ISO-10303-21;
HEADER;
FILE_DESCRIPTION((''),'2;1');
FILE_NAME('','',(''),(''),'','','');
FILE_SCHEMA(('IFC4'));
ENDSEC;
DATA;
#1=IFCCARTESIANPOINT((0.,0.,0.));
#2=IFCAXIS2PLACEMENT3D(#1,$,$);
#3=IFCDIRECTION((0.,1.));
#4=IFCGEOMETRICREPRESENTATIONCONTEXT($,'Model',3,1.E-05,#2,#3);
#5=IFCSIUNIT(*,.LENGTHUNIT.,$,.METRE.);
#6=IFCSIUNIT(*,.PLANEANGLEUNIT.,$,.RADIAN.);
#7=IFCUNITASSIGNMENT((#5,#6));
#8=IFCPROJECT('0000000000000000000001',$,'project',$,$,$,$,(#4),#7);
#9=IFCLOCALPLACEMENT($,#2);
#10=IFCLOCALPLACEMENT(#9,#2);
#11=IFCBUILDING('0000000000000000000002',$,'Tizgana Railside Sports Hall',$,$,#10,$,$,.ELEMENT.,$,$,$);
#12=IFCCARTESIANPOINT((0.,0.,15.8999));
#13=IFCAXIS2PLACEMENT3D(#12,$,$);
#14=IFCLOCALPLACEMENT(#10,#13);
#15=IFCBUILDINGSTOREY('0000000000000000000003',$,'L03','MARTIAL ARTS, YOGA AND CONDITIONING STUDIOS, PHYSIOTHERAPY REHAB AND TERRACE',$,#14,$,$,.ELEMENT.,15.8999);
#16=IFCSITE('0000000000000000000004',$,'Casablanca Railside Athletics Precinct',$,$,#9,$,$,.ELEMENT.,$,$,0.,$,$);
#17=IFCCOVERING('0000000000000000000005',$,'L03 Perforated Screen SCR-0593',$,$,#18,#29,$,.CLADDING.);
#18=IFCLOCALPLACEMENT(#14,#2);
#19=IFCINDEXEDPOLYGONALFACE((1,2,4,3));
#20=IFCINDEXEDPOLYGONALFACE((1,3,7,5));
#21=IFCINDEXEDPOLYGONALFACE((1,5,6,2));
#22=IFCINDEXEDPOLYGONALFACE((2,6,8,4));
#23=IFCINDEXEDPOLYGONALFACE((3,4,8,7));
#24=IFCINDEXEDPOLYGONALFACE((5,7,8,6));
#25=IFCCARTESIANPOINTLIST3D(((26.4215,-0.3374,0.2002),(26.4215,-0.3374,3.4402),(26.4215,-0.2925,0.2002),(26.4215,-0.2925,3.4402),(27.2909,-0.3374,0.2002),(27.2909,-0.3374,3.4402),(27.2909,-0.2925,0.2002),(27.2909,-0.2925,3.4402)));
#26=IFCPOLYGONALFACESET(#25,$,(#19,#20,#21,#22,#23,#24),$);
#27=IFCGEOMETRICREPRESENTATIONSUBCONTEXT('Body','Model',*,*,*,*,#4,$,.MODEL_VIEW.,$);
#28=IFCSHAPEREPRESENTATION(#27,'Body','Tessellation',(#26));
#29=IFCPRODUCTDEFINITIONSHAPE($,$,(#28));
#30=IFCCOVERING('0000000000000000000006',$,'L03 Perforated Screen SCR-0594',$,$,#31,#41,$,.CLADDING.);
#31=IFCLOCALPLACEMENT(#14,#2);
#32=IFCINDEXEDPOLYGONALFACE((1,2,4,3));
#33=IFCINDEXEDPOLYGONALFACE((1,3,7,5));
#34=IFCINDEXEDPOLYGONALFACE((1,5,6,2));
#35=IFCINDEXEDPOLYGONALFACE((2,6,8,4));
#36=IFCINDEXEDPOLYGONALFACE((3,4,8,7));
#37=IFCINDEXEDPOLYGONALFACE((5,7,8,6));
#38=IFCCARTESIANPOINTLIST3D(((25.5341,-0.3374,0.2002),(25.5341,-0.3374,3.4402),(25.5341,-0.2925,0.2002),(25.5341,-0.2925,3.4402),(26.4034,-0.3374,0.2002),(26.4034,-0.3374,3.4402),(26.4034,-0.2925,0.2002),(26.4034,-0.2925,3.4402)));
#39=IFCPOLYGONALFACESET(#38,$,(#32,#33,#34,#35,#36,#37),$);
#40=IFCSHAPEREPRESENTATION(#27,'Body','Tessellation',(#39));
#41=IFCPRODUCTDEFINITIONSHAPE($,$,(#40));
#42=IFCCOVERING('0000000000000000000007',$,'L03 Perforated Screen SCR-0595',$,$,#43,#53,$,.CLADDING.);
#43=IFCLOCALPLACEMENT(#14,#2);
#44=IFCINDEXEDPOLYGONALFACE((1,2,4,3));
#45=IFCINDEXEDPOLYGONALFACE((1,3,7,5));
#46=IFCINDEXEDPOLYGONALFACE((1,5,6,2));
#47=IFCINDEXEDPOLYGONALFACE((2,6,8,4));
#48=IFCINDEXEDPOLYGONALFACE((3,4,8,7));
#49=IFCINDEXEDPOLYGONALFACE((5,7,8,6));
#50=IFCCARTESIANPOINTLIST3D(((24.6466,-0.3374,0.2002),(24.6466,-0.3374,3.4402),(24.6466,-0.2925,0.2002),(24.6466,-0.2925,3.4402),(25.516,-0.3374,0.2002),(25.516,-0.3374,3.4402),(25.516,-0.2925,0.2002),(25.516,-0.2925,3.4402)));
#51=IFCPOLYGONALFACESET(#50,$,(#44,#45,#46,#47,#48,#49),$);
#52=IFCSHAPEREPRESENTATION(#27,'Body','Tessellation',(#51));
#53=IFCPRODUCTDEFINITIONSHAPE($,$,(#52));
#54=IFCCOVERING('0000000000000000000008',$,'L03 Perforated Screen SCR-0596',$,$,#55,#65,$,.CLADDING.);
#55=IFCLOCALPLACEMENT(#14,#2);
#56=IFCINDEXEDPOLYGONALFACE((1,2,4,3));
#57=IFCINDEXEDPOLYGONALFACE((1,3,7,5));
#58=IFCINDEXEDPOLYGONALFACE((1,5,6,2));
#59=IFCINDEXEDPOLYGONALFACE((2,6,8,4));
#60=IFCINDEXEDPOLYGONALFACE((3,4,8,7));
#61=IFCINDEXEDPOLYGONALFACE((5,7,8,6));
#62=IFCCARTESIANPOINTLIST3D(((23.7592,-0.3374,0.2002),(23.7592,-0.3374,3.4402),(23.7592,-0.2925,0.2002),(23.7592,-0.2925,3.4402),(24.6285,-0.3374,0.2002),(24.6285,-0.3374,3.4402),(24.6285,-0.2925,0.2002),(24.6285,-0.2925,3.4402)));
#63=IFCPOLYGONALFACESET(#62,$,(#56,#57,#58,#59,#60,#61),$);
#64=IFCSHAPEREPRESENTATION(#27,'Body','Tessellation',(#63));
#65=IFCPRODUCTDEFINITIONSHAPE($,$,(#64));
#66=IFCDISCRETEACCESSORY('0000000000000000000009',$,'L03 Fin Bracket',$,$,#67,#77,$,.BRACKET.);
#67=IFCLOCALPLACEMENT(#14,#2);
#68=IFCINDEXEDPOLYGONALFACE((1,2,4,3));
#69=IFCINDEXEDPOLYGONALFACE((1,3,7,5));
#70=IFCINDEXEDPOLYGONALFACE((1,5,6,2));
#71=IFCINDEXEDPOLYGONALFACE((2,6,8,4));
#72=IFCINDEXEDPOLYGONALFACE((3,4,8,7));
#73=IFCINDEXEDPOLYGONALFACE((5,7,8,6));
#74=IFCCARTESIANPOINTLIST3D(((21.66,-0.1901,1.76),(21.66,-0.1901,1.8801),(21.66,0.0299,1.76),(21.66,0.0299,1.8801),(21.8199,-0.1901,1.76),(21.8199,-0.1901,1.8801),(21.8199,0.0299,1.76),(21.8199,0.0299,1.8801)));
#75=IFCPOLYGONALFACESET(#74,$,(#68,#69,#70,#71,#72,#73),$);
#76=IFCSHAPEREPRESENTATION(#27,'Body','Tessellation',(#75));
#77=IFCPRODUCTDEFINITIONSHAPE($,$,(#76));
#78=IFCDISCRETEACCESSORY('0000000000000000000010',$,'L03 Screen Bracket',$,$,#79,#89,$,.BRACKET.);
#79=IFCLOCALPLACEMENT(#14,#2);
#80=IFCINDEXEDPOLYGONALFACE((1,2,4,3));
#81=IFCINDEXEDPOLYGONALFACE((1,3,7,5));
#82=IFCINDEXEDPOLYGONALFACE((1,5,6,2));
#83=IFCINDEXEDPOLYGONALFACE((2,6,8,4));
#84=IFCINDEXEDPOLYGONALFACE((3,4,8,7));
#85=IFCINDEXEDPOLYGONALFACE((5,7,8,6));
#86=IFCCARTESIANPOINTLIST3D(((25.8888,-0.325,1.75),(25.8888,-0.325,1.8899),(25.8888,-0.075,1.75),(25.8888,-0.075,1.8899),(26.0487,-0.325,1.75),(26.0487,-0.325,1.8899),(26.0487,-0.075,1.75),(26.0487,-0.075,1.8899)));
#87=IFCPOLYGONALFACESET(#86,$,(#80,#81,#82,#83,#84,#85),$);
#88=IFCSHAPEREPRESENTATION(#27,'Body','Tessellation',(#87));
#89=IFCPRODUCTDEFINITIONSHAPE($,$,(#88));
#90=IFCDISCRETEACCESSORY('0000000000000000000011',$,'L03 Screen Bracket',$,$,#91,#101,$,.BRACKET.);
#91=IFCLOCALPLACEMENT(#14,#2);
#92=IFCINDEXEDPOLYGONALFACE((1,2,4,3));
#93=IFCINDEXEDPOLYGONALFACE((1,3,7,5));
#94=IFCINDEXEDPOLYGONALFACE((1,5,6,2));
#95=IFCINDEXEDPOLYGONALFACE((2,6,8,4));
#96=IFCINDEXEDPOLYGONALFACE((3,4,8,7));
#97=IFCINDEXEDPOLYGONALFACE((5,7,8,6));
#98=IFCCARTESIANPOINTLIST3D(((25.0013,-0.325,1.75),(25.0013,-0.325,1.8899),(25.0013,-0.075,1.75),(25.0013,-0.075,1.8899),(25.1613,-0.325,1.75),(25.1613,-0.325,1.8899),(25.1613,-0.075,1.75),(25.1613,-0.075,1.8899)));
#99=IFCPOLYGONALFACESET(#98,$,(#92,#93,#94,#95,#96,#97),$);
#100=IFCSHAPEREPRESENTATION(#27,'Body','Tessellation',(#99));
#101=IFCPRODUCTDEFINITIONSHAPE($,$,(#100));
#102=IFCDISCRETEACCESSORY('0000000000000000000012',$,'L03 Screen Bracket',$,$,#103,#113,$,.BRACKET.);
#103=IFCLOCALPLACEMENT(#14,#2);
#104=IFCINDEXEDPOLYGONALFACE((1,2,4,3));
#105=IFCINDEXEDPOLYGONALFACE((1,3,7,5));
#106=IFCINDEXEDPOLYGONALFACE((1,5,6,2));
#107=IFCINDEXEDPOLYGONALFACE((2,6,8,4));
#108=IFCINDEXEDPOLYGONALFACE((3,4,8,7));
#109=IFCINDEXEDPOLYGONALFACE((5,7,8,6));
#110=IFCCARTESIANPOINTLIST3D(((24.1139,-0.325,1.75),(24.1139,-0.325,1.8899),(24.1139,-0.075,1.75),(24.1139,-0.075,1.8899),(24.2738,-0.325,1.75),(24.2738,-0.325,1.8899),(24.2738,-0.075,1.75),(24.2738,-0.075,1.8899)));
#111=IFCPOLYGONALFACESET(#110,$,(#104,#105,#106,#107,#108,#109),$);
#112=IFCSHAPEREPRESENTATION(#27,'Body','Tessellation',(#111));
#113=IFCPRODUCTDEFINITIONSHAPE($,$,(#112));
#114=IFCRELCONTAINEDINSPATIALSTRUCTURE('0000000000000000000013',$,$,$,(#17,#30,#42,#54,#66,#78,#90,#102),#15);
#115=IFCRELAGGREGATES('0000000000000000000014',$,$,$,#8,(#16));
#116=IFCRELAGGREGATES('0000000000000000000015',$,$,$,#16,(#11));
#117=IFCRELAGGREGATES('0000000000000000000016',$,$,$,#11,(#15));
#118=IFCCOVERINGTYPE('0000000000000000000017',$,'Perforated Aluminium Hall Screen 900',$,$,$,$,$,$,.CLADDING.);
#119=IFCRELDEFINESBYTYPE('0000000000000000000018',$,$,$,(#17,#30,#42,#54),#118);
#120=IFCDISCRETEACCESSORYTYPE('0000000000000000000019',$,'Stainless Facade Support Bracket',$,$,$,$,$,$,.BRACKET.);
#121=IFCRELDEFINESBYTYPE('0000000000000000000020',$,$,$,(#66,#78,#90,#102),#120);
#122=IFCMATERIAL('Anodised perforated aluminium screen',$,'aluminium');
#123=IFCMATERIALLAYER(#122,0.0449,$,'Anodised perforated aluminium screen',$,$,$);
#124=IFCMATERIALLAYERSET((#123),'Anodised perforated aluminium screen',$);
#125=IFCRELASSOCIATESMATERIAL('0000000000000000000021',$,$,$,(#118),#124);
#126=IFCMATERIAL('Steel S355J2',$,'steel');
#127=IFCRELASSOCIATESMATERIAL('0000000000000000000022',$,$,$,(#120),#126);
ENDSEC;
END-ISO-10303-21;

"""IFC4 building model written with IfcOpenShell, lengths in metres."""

from ifc_helpers import new_model, si_unit, direction, frame, origin, origin_2d, place, context, subcontext, project, spatial, rectangle, extrude, material, layer, layer_set, type_object, element, save


model = new_model("IFC4")

# Units and contexts
model_context = context("Model", 3, precision=1e-05, world=origin(), true_north=direction((0.0, 1.0)))
body_context = subcontext(model_context, "Body", "Model", "MODEL_VIEW")
ifc_project = project(units=[si_unit("LENGTHUNIT", "METRE"), si_unit("PLANEANGLEUNIT", "RADIAN")], contexts=[model_context])

# Site, building, storey
site_placement = place(None, origin())
site = spatial("IfcSite", under=ifc_project, at=site_placement, Name="Casablanca Railside Athletics Precinct", CompositionType="ELEMENT", RefElevation=0.0)
building_placement = place(site_placement, origin())
building = spatial("IfcBuilding", under=site, at=building_placement, Name="Tizgana Railside Sports Hall", CompositionType="ELEMENT")
storey_placement = place(building_placement, frame((0.0, 0.0, 15.8999)))
storey = spatial("IfcBuildingStorey", under=building, at=storey_placement, Name="L03", Description="MARTIAL ARTS, YOGA AND CONDITIONING STUDIOS, PHYSIOTHERAPY REHAB AND TERRACE", CompositionType="ELEMENT", Elevation=15.8999)

# Shared definitions
ifc_material_1 = material(Name="Steel S355J2", Category="steel")

# Coverings
ifc_material_2 = material(Name="Anodised perforated aluminium screen", Category="aluminium")
ifc_layer_1 = layer(ifc_material_2, 0.0449, Name="Anodised perforated aluminium screen")
ifc_layer_set_1 = layer_set([ifc_layer_1], Name="Anodised perforated aluminium screen")
covering_type_1 = type_object("IfcCoveringType", Name="Perforated Aluminium Hall Screen 900", PredefinedType="CLADDING", material=ifc_layer_set_1)
for number, where, z_axis, x_axis, name in (
    (1, (26.8562, -0.3149, 0.2002), (0.0, 0.0, 1.0), (-1.0, 0.0, 0.0), "L03 Perforated Screen SCR-0593"),
    (2, (25.9688, -0.3149, 0.2002), (0.0, 0.0, 1.0), (-1.0, 0.0, 0.0), "L03 Perforated Screen SCR-0594"),
    (3, (25.0813, -0.3149, 0.2002), (0.0, 0.0, 1.0), (-1.0, 0.0, 0.0), "L03 Perforated Screen SCR-0595"),
    (4, (24.1938, -0.3149, 0.2002), (0.0, 0.0, 1.0), (-1.0, 0.0, 0.0), "L03 Perforated Screen SCR-0596"),
):
    element("IfcCovering", number, at=place(storey_placement, frame(where, z_axis=z_axis, x_axis=x_axis)), inside=storey, type_object=covering_type_1, Name=name, PredefinedType="CLADDING", context=body_context, shape_type="SweptSolid", body=[
        extrude(rectangle(XDim=0.8694, YDim=0.0449, at=origin_2d()), origin(), (0.0, 0.0, 1.0), 3.24),
    ])

# Discrete accessories
discrete_accessory_type = type_object("IfcDiscreteAccessoryType", Name="Stainless Facade Support Bracket", PredefinedType="BRACKET", material=ifc_material_1)
discrete_accessory_placement = place(storey_placement, frame((21.74, -0.0801, 1.76), z_axis=(0.0, 0.0, 1.0), x_axis=(-1.0, 0.0, 0.0)))
element("IfcDiscreteAccessory", 5, at=discrete_accessory_placement, inside=storey, type_object=discrete_accessory_type, Name="L03 Fin Bracket", PredefinedType="BRACKET", context=body_context, shape_type="SweptSolid", body=[
    extrude(rectangle(XDim=0.1599, YDim=0.22, at=origin_2d()), origin(), (0.0, 0.0, 1.0), 0.1201),
])
for number, where, z_axis, x_axis, name in (
    (6, (25.9688, -0.2, 1.75), (0.0, 0.0, 1.0), (-1.0, 0.0, 0.0), "L03 Screen Bracket"),
    (7, (25.0813, -0.2, 1.75), (0.0, 0.0, 1.0), (-1.0, 0.0, 0.0), "L03 Screen Bracket"),
    (8, (24.1938, -0.2, 1.75), (0.0, 0.0, 1.0), (-1.0, 0.0, 0.0), "L03 Screen Bracket"),
):
    element("IfcDiscreteAccessory", number, at=place(storey_placement, frame(where, z_axis=z_axis, x_axis=x_axis)), inside=storey, type_object=discrete_accessory_type, Name=name, PredefinedType="BRACKET", context=body_context, shape_type="SweptSolid", body=[
        extrude(rectangle(XDim=0.1599, YDim=0.25, at=origin_2d()), origin(), (0.0, 0.0, 1.0), 0.1399),
    ])

save(model, "model.ifc")
